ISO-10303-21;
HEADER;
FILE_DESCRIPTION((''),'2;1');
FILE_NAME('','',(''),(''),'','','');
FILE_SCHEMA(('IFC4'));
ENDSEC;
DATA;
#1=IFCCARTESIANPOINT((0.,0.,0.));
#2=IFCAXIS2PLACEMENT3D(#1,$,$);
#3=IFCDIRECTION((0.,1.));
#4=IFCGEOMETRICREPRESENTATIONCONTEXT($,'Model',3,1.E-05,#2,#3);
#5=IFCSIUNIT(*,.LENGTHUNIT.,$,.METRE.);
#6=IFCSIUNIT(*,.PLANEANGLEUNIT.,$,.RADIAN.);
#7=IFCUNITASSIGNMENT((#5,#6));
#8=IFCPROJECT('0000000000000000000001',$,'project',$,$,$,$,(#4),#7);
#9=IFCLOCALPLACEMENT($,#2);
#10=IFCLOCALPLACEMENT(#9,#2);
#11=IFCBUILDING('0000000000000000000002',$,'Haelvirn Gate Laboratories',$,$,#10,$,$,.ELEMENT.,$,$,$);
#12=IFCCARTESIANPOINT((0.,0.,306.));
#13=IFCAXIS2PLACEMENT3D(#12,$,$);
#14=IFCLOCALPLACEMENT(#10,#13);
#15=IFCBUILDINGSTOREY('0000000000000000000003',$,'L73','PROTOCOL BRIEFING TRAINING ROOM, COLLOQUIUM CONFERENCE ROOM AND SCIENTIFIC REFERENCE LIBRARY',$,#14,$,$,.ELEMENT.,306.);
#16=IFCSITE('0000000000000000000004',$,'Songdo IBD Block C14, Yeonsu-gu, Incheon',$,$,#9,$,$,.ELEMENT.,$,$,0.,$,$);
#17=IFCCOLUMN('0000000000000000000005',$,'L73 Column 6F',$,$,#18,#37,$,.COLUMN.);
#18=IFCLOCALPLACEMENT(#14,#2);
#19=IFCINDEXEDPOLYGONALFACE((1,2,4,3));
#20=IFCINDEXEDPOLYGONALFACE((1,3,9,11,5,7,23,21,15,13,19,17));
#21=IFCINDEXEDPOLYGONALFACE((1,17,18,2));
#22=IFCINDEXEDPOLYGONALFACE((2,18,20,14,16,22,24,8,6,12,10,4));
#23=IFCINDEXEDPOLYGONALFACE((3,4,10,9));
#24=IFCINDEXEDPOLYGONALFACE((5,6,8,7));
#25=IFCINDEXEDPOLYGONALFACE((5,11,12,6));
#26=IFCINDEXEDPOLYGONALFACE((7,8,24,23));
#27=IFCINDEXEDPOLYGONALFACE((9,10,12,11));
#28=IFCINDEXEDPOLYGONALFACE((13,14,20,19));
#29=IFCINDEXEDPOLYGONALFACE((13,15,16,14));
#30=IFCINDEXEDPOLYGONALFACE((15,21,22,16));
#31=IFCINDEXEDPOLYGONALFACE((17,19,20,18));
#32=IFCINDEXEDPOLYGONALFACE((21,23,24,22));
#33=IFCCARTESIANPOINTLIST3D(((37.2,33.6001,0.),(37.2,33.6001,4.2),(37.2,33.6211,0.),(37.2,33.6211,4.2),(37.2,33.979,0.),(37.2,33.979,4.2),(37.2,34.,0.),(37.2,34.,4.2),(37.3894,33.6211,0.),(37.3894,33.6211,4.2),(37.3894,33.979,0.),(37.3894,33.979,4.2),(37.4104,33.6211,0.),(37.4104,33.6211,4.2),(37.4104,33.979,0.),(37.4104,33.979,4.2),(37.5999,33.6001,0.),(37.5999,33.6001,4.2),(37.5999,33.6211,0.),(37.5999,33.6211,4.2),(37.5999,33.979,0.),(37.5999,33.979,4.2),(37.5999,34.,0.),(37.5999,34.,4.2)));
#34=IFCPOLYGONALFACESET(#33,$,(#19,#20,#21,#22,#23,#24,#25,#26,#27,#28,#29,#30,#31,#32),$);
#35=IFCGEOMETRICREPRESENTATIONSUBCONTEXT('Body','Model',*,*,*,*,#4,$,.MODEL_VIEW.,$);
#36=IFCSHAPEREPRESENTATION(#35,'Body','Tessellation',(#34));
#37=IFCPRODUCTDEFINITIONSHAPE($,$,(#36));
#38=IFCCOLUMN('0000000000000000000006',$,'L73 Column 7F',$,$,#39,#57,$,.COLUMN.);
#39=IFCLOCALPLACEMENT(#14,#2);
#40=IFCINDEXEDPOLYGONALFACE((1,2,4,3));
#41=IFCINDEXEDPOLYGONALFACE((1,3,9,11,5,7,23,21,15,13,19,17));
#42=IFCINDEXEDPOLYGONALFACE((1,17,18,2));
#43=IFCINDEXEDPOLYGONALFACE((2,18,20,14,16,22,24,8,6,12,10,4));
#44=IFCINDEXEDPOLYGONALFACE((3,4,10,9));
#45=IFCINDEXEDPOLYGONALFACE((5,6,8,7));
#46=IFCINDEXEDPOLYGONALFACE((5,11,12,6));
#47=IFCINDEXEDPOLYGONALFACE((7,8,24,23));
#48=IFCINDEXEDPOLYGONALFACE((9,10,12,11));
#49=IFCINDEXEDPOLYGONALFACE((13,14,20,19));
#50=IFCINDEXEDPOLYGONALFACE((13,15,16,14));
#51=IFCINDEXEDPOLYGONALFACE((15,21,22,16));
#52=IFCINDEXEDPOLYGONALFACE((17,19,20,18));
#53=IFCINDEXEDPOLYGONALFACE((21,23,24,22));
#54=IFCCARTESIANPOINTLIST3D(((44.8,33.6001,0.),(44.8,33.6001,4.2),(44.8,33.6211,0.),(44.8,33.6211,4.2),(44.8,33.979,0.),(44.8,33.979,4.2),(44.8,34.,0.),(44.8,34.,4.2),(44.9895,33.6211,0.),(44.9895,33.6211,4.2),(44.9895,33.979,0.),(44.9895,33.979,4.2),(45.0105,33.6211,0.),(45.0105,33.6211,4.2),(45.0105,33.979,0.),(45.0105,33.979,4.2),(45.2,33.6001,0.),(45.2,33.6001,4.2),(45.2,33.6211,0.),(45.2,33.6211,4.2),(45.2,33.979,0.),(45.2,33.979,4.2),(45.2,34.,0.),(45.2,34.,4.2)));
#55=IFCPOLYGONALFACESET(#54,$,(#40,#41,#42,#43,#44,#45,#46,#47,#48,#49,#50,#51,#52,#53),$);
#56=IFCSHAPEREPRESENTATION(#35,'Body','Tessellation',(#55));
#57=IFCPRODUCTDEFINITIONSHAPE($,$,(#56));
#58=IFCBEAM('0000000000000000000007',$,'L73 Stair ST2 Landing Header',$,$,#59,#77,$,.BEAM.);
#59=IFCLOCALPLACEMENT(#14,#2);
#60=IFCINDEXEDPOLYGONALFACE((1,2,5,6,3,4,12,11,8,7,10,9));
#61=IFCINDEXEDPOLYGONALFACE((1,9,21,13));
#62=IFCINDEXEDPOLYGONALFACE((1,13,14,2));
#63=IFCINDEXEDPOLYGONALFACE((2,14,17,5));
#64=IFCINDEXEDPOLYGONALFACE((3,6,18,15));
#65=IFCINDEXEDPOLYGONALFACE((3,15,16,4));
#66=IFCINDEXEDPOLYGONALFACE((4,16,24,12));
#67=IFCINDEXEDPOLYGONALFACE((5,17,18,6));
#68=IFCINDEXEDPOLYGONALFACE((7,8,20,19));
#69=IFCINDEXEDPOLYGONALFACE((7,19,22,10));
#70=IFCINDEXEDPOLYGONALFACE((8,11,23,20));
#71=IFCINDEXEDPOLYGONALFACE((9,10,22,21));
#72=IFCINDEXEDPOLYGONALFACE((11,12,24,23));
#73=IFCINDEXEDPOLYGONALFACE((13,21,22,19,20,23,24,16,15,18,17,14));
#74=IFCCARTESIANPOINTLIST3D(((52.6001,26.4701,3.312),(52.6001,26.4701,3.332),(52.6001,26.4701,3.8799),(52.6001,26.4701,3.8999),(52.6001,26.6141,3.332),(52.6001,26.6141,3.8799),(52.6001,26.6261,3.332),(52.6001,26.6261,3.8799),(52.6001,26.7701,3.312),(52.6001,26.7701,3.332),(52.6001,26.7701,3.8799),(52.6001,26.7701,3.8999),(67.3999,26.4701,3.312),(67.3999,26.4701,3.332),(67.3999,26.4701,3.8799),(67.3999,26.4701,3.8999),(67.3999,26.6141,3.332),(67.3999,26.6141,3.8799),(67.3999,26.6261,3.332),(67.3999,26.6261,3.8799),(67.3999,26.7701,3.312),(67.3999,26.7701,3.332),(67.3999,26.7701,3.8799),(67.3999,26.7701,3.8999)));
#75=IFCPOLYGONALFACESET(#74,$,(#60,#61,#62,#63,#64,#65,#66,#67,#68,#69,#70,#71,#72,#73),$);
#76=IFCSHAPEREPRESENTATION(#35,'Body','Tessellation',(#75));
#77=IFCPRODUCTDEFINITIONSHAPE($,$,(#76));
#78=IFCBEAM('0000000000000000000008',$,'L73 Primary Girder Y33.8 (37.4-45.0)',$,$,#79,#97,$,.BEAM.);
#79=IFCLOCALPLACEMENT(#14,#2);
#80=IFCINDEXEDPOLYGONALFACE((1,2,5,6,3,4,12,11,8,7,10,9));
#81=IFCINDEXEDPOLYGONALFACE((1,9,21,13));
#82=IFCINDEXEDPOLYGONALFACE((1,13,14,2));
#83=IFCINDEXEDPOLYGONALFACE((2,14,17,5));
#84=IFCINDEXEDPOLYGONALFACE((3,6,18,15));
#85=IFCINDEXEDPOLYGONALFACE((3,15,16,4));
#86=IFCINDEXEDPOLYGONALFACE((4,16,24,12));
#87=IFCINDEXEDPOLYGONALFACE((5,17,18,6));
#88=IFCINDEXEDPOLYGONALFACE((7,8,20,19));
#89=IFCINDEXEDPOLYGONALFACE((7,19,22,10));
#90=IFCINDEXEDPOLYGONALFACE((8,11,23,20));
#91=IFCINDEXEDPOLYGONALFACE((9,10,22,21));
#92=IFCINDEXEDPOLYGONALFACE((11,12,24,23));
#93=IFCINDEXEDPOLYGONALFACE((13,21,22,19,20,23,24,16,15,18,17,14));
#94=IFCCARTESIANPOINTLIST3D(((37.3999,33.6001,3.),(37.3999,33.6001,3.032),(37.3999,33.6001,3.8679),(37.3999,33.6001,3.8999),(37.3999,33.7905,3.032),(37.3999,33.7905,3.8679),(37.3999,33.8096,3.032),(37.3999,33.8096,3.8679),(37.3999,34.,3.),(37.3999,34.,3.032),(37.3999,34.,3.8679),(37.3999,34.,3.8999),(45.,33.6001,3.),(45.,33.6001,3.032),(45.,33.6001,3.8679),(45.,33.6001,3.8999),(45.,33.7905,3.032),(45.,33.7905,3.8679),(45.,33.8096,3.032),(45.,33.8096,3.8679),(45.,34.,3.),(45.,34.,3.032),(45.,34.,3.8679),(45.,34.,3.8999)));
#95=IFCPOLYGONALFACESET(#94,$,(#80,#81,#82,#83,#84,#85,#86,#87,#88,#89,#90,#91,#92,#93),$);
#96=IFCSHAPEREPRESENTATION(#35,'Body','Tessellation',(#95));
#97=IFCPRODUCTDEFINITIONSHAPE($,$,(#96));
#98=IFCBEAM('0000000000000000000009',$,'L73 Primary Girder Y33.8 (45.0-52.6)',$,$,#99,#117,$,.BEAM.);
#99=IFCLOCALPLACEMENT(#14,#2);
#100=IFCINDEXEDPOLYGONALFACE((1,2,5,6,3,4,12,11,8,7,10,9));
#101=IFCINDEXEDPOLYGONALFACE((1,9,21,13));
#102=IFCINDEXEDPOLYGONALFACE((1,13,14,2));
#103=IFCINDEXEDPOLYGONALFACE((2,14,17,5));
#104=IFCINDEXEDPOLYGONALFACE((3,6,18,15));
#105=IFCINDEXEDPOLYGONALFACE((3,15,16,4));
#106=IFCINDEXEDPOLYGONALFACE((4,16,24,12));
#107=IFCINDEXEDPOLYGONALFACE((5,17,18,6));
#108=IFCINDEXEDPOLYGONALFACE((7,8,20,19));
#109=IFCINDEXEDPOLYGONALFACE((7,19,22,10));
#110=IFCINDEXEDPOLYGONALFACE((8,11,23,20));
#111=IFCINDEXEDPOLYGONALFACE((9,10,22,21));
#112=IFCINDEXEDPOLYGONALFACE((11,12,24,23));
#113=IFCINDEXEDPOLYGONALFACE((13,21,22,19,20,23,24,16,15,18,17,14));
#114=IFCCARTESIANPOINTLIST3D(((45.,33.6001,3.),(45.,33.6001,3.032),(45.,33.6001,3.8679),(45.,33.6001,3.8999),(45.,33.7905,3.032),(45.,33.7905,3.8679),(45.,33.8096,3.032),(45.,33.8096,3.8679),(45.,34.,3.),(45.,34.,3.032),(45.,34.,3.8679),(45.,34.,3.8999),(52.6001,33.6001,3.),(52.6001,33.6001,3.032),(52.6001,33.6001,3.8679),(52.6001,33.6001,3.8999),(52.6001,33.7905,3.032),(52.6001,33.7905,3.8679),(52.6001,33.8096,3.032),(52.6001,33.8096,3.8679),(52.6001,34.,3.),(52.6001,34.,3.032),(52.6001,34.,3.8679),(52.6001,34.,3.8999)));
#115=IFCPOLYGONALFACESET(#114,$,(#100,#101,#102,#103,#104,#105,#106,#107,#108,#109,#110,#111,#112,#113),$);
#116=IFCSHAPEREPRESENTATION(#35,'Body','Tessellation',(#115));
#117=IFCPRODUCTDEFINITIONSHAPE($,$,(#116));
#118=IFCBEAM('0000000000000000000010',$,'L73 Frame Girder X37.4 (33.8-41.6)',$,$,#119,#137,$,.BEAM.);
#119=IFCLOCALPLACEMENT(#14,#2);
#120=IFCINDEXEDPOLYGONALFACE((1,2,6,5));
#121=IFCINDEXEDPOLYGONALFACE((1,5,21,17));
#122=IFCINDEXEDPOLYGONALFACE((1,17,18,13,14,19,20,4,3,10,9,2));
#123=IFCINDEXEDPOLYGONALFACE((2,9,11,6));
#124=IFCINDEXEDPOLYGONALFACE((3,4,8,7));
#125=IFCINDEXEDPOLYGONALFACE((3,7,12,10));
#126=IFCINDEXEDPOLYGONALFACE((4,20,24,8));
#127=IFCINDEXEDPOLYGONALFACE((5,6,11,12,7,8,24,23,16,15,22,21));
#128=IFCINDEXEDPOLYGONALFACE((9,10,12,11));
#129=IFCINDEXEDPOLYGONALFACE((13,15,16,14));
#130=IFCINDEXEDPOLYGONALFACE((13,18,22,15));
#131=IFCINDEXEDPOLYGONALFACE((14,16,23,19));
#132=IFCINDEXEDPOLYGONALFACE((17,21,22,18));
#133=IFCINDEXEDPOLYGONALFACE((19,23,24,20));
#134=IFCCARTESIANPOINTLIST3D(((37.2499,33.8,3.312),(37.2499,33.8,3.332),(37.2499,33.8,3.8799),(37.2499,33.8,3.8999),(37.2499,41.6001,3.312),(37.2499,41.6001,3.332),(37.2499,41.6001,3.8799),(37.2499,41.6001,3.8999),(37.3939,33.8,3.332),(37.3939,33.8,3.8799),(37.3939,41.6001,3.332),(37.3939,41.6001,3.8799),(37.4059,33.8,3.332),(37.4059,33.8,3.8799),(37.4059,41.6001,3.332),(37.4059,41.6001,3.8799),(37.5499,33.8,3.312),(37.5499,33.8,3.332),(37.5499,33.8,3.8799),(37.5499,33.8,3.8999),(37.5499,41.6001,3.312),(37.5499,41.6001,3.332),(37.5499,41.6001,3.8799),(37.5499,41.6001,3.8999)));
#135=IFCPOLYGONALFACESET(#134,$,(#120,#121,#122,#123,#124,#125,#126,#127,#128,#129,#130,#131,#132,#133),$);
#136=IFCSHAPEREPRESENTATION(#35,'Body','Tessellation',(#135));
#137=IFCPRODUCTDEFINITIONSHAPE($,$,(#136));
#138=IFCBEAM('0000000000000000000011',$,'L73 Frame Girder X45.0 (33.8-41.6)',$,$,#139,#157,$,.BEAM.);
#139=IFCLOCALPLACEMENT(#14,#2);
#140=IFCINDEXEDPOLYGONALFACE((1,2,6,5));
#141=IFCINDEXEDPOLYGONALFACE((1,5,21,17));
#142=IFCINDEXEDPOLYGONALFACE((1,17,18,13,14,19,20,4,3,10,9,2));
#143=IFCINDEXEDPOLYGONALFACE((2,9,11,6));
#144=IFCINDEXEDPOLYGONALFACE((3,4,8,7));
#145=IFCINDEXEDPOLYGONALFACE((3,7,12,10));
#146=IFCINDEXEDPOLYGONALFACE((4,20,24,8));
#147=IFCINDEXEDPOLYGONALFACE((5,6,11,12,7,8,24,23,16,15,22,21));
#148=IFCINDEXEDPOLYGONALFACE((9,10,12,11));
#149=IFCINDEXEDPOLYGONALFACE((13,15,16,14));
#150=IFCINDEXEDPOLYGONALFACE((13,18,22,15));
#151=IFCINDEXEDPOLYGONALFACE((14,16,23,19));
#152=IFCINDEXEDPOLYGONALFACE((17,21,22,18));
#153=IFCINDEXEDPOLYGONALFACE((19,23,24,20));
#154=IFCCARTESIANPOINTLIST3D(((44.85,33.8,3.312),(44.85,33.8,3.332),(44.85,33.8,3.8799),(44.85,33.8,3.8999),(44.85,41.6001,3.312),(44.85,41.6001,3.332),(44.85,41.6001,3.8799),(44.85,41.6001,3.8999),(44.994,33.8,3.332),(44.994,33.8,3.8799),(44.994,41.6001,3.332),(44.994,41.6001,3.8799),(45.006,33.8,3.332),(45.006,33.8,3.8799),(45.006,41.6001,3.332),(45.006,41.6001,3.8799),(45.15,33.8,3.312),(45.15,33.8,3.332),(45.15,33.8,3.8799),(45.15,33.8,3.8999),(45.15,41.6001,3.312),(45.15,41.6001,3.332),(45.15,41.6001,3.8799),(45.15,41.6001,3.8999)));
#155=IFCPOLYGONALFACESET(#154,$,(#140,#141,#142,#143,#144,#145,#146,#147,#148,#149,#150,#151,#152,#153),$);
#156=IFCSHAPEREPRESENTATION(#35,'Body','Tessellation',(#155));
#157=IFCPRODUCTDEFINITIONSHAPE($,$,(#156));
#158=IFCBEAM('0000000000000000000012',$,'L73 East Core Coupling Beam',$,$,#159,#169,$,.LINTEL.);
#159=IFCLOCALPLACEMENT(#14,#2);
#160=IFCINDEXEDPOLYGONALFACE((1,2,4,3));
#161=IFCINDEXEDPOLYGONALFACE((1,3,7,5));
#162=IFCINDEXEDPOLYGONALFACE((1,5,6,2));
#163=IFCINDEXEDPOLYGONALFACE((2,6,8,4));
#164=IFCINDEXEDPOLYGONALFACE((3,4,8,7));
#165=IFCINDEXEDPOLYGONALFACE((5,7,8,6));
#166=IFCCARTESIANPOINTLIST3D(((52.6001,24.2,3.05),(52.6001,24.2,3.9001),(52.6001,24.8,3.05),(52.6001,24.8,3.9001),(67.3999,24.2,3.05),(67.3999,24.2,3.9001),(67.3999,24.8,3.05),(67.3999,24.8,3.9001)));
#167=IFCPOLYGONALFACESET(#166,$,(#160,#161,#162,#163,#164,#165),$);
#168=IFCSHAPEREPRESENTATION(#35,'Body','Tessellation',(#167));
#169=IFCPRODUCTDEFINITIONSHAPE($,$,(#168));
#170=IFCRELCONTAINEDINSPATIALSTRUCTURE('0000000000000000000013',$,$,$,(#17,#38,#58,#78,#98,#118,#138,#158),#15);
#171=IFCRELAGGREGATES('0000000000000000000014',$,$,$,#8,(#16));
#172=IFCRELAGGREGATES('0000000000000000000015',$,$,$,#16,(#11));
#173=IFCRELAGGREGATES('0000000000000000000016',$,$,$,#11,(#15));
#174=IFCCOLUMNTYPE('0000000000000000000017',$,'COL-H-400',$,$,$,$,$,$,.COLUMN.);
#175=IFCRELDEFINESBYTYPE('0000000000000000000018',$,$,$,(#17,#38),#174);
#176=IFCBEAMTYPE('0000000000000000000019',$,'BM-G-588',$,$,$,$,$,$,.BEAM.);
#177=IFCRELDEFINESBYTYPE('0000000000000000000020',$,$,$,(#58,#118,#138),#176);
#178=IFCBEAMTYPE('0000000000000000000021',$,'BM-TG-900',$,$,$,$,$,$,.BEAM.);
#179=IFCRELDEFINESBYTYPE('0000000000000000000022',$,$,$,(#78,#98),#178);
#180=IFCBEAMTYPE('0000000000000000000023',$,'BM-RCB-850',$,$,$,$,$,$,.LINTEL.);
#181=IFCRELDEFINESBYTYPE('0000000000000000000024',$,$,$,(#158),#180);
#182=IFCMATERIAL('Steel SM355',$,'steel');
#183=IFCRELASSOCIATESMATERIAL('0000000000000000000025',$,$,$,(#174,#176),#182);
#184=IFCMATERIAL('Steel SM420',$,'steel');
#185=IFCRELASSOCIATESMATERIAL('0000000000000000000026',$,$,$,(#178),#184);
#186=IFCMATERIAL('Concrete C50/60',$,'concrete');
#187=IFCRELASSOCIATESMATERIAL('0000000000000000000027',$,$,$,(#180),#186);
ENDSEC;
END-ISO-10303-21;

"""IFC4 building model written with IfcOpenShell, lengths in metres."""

from ifc_helpers import new_model, si_unit, direction, frame, origin, origin_2d, place, context, subcontext, project, spatial, rectangle, i_section, extrude, source, transform, mapped, material, material_profile, profile_set, type_object, type_shapes, element, save


model = new_model("IFC4")

# Units and contexts
model_context = context("Model", 3, precision=1e-05, world=origin(), true_north=direction((0.0, 1.0)))
body_context = subcontext(model_context, "Body", "Model", "MODEL_VIEW")
ifc_project = project(units=[si_unit("LENGTHUNIT", "METRE"), si_unit("PLANEANGLEUNIT", "RADIAN")], contexts=[model_context])

# Site, building, storey
site_placement = place(None, origin())
site = spatial("IfcSite", under=ifc_project, at=site_placement, Name="Songdo IBD Block C14, Yeonsu-gu, Incheon", CompositionType="ELEMENT", RefElevation=0.0)
building_placement = place(site_placement, origin())
building = spatial("IfcBuilding", under=site, at=building_placement, Name="Haelvirn Gate Laboratories", CompositionType="ELEMENT")
storey_placement = place(building_placement, frame((0.0, 0.0, 306.0)))
storey = spatial("IfcBuildingStorey", under=building, at=storey_placement, Name="L73", Description="PROTOCOL BRIEFING TRAINING ROOM, COLLOQUIUM CONFERENCE ROOM AND SCIENTIFIC REFERENCE LIBRARY", CompositionType="ELEMENT", Elevation=306.0)

# Columns
ifc_material_1 = material(Name="Steel SM355", Category="steel")
ifc_material_profile_1 = material_profile(ifc_material_1, i_section(OverallWidth=0.3999, OverallDepth=0.3999, WebThickness=0.021, FlangeThickness=0.021, at=origin_2d()), Name="H-400x400x21x21")
ifc_profile_set_1 = profile_set([ifc_material_profile_1], Name="Steel SM355")
column_type = type_object("IfcColumnType", Name="COL-H-400", PredefinedType="COLUMN", material=ifc_profile_set_1)
shared_shape_1 = source(origin(), body_context, "Body", "SweptSolid", [
    extrude(i_section(OverallWidth=0.3999, OverallDepth=0.3999, WebThickness=0.021, FlangeThickness=0.021, at=origin_2d()), origin(), (0.0, 0.0, 1.0), 4.2),
])
type_shapes(column_type, [shared_shape_1])
for number, where, z_axis, x_axis, name in (
    (1, (37.3999, 33.8, 0.0), (0.0, 0.0, 1.0), (1.0, 0.0, 0.0), "L73 Column 6F"),
    (2, (45.0, 33.8, 0.0), (0.0, 0.0, 1.0), (1.0, 0.0, 0.0), "L73 Column 7F"),
):
    element("IfcColumn", number, at=place(storey_placement, frame(where, z_axis=z_axis, x_axis=x_axis)), inside=storey, type_object=column_type, Name=name, PredefinedType="COLUMN", context=body_context, shape_type="MappedRepresentation", body=[
        mapped(shared_shape_1, transform((0.0, 0.0, 0.0), scale=1.0)),
    ])

# Beams
ifc_material_profile_2 = material_profile(ifc_material_1, i_section(OverallWidth=0.3, OverallDepth=0.5879, WebThickness=0.012, FlangeThickness=0.02, at=origin_2d()), Name="H-588x300x12x20")
ifc_profile_set_2 = profile_set([ifc_material_profile_2], Name="Steel SM355")
beam_type_1 = type_object("IfcBeamType", Name="BM-G-588", PredefinedType="BEAM", material=ifc_profile_set_2)
shared_shape_2 = source(origin(), body_context, "Body", "SweptSolid", [
    extrude(i_section(OverallWidth=0.3, OverallDepth=0.5879, WebThickness=0.012, FlangeThickness=0.02, at=origin_2d()), origin(), (0.0, 0.0, 1.0), 14.7998),
])
beam_1_placement = place(storey_placement, frame((52.6001, 26.6201, 3.606), z_axis=(1.0, 0.0, 0.0), x_axis=(0.0, 1.0, 0.0)))
element("IfcBeam", 3, at=beam_1_placement, inside=storey, type_object=beam_type_1, Name="L73 Stair ST2 Landing Header", PredefinedType="BEAM", context=body_context, shape_type="MappedRepresentation", body=[
    mapped(shared_shape_2, transform((0.0, 0.0, 0.0), scale=1.0)),
])
ifc_material_2 = material(Name="Steel SM420", Category="steel")
ifc_material_profile_3 = material_profile(ifc_material_2, i_section(OverallWidth=0.3999, OverallDepth=0.8999, WebThickness=0.019, FlangeThickness=0.032, at=origin_2d()), Name="H-900x400x19x32")
ifc_profile_set_3 = profile_set([ifc_material_profile_3], Name="Steel SM420")
beam_type_2 = type_object("IfcBeamType", Name="BM-TG-900", PredefinedType="BEAM", material=ifc_profile_set_3)
shared_shape_3 = source(origin(), body_context, "Body", "SweptSolid", [
    extrude(i_section(OverallWidth=0.3999, OverallDepth=0.8999, WebThickness=0.019, FlangeThickness=0.032, at=origin_2d()), origin(), (0.0, 0.0, 1.0), 7.6001),
])
type_shapes(beam_type_2, [shared_shape_3])
for number, where, z_axis, x_axis, name in (
    (4, (37.3999, 33.8, 3.45), (1.0, 0.0, 0.0), (0.0, 1.0, 0.0), "L73 Primary Girder Y33.8 (37.4-45.0)"),
    (5, (45.0, 33.8, 3.45), (1.0, 0.0, 0.0), (0.0, 1.0, 0.0), "L73 Primary Girder Y33.8 (45.0-52.6)"),
):
    element("IfcBeam", number, at=place(storey_placement, frame(where, z_axis=z_axis, x_axis=x_axis)), inside=storey, type_object=beam_type_2, Name=name, PredefinedType="BEAM", context=body_context, shape_type="MappedRepresentation", body=[
        mapped(shared_shape_3, transform((0.0, 0.0, 0.0), scale=1.0)),
    ])
shared_shape_4 = source(origin(), body_context, "Body", "SweptSolid", [
    extrude(i_section(OverallWidth=0.3, OverallDepth=0.5879, WebThickness=0.012, FlangeThickness=0.02, at=origin_2d()), origin(), (0.0, 0.0, 1.0), 7.8),
])
type_shapes(beam_type_1, [shared_shape_2, shared_shape_4])
for number, where, z_axis, x_axis, name in (
    (6, (37.3999, 33.8, 3.606), (0.0, 1.0, 0.0), (-1.0, 0.0, 0.0), "L73 Frame Girder X37.4 (33.8-41.6)"),
    (7, (45.0, 33.8, 3.606), (0.0, 1.0, 0.0), (-1.0, 0.0, 0.0), "L73 Frame Girder X45.0 (33.8-41.6)"),
):
    element("IfcBeam", number, at=place(storey_placement, frame(where, z_axis=z_axis, x_axis=x_axis)), inside=storey, type_object=beam_type_1, Name=name, PredefinedType="BEAM", context=body_context, shape_type="MappedRepresentation", body=[
        mapped(shared_shape_4, transform((0.0, 0.0, 0.0), scale=1.0)),
    ])
ifc_material_3 = material(Name="Concrete C50/60", Category="concrete")
ifc_material_profile_4 = material_profile(ifc_material_3, rectangle(XDim=0.6001, YDim=0.8501, at=origin_2d()), Name="RCB-600x850")
ifc_profile_set_4 = profile_set([ifc_material_profile_4], Name="Concrete C50/60")
beam_type_3 = type_object("IfcBeamType", Name="BM-RCB-850", PredefinedType="LINTEL", material=ifc_profile_set_4)
shared_shape_5 = source(origin(), body_context, "Body", "SweptSolid", [
    extrude(rectangle(XDim=0.6001, YDim=0.8501, at=origin_2d()), origin(), (0.0, 0.0, 1.0), 14.7998),
])
type_shapes(beam_type_3, [shared_shape_5])
beam_2_placement = place(storey_placement, frame((52.6001, 24.5, 3.4751), z_axis=(1.0, 0.0, 0.0), x_axis=(0.0, 1.0, 0.0)))
element("IfcBeam", 8, at=beam_2_placement, inside=storey, type_object=beam_type_3, Name="L73 East Core Coupling Beam", PredefinedType="LINTEL", context=body_context, shape_type="MappedRepresentation", body=[
    mapped(shared_shape_5, transform((0.0, 0.0, 0.0), scale=1.0)),
])

save(model, "model.ifc")
